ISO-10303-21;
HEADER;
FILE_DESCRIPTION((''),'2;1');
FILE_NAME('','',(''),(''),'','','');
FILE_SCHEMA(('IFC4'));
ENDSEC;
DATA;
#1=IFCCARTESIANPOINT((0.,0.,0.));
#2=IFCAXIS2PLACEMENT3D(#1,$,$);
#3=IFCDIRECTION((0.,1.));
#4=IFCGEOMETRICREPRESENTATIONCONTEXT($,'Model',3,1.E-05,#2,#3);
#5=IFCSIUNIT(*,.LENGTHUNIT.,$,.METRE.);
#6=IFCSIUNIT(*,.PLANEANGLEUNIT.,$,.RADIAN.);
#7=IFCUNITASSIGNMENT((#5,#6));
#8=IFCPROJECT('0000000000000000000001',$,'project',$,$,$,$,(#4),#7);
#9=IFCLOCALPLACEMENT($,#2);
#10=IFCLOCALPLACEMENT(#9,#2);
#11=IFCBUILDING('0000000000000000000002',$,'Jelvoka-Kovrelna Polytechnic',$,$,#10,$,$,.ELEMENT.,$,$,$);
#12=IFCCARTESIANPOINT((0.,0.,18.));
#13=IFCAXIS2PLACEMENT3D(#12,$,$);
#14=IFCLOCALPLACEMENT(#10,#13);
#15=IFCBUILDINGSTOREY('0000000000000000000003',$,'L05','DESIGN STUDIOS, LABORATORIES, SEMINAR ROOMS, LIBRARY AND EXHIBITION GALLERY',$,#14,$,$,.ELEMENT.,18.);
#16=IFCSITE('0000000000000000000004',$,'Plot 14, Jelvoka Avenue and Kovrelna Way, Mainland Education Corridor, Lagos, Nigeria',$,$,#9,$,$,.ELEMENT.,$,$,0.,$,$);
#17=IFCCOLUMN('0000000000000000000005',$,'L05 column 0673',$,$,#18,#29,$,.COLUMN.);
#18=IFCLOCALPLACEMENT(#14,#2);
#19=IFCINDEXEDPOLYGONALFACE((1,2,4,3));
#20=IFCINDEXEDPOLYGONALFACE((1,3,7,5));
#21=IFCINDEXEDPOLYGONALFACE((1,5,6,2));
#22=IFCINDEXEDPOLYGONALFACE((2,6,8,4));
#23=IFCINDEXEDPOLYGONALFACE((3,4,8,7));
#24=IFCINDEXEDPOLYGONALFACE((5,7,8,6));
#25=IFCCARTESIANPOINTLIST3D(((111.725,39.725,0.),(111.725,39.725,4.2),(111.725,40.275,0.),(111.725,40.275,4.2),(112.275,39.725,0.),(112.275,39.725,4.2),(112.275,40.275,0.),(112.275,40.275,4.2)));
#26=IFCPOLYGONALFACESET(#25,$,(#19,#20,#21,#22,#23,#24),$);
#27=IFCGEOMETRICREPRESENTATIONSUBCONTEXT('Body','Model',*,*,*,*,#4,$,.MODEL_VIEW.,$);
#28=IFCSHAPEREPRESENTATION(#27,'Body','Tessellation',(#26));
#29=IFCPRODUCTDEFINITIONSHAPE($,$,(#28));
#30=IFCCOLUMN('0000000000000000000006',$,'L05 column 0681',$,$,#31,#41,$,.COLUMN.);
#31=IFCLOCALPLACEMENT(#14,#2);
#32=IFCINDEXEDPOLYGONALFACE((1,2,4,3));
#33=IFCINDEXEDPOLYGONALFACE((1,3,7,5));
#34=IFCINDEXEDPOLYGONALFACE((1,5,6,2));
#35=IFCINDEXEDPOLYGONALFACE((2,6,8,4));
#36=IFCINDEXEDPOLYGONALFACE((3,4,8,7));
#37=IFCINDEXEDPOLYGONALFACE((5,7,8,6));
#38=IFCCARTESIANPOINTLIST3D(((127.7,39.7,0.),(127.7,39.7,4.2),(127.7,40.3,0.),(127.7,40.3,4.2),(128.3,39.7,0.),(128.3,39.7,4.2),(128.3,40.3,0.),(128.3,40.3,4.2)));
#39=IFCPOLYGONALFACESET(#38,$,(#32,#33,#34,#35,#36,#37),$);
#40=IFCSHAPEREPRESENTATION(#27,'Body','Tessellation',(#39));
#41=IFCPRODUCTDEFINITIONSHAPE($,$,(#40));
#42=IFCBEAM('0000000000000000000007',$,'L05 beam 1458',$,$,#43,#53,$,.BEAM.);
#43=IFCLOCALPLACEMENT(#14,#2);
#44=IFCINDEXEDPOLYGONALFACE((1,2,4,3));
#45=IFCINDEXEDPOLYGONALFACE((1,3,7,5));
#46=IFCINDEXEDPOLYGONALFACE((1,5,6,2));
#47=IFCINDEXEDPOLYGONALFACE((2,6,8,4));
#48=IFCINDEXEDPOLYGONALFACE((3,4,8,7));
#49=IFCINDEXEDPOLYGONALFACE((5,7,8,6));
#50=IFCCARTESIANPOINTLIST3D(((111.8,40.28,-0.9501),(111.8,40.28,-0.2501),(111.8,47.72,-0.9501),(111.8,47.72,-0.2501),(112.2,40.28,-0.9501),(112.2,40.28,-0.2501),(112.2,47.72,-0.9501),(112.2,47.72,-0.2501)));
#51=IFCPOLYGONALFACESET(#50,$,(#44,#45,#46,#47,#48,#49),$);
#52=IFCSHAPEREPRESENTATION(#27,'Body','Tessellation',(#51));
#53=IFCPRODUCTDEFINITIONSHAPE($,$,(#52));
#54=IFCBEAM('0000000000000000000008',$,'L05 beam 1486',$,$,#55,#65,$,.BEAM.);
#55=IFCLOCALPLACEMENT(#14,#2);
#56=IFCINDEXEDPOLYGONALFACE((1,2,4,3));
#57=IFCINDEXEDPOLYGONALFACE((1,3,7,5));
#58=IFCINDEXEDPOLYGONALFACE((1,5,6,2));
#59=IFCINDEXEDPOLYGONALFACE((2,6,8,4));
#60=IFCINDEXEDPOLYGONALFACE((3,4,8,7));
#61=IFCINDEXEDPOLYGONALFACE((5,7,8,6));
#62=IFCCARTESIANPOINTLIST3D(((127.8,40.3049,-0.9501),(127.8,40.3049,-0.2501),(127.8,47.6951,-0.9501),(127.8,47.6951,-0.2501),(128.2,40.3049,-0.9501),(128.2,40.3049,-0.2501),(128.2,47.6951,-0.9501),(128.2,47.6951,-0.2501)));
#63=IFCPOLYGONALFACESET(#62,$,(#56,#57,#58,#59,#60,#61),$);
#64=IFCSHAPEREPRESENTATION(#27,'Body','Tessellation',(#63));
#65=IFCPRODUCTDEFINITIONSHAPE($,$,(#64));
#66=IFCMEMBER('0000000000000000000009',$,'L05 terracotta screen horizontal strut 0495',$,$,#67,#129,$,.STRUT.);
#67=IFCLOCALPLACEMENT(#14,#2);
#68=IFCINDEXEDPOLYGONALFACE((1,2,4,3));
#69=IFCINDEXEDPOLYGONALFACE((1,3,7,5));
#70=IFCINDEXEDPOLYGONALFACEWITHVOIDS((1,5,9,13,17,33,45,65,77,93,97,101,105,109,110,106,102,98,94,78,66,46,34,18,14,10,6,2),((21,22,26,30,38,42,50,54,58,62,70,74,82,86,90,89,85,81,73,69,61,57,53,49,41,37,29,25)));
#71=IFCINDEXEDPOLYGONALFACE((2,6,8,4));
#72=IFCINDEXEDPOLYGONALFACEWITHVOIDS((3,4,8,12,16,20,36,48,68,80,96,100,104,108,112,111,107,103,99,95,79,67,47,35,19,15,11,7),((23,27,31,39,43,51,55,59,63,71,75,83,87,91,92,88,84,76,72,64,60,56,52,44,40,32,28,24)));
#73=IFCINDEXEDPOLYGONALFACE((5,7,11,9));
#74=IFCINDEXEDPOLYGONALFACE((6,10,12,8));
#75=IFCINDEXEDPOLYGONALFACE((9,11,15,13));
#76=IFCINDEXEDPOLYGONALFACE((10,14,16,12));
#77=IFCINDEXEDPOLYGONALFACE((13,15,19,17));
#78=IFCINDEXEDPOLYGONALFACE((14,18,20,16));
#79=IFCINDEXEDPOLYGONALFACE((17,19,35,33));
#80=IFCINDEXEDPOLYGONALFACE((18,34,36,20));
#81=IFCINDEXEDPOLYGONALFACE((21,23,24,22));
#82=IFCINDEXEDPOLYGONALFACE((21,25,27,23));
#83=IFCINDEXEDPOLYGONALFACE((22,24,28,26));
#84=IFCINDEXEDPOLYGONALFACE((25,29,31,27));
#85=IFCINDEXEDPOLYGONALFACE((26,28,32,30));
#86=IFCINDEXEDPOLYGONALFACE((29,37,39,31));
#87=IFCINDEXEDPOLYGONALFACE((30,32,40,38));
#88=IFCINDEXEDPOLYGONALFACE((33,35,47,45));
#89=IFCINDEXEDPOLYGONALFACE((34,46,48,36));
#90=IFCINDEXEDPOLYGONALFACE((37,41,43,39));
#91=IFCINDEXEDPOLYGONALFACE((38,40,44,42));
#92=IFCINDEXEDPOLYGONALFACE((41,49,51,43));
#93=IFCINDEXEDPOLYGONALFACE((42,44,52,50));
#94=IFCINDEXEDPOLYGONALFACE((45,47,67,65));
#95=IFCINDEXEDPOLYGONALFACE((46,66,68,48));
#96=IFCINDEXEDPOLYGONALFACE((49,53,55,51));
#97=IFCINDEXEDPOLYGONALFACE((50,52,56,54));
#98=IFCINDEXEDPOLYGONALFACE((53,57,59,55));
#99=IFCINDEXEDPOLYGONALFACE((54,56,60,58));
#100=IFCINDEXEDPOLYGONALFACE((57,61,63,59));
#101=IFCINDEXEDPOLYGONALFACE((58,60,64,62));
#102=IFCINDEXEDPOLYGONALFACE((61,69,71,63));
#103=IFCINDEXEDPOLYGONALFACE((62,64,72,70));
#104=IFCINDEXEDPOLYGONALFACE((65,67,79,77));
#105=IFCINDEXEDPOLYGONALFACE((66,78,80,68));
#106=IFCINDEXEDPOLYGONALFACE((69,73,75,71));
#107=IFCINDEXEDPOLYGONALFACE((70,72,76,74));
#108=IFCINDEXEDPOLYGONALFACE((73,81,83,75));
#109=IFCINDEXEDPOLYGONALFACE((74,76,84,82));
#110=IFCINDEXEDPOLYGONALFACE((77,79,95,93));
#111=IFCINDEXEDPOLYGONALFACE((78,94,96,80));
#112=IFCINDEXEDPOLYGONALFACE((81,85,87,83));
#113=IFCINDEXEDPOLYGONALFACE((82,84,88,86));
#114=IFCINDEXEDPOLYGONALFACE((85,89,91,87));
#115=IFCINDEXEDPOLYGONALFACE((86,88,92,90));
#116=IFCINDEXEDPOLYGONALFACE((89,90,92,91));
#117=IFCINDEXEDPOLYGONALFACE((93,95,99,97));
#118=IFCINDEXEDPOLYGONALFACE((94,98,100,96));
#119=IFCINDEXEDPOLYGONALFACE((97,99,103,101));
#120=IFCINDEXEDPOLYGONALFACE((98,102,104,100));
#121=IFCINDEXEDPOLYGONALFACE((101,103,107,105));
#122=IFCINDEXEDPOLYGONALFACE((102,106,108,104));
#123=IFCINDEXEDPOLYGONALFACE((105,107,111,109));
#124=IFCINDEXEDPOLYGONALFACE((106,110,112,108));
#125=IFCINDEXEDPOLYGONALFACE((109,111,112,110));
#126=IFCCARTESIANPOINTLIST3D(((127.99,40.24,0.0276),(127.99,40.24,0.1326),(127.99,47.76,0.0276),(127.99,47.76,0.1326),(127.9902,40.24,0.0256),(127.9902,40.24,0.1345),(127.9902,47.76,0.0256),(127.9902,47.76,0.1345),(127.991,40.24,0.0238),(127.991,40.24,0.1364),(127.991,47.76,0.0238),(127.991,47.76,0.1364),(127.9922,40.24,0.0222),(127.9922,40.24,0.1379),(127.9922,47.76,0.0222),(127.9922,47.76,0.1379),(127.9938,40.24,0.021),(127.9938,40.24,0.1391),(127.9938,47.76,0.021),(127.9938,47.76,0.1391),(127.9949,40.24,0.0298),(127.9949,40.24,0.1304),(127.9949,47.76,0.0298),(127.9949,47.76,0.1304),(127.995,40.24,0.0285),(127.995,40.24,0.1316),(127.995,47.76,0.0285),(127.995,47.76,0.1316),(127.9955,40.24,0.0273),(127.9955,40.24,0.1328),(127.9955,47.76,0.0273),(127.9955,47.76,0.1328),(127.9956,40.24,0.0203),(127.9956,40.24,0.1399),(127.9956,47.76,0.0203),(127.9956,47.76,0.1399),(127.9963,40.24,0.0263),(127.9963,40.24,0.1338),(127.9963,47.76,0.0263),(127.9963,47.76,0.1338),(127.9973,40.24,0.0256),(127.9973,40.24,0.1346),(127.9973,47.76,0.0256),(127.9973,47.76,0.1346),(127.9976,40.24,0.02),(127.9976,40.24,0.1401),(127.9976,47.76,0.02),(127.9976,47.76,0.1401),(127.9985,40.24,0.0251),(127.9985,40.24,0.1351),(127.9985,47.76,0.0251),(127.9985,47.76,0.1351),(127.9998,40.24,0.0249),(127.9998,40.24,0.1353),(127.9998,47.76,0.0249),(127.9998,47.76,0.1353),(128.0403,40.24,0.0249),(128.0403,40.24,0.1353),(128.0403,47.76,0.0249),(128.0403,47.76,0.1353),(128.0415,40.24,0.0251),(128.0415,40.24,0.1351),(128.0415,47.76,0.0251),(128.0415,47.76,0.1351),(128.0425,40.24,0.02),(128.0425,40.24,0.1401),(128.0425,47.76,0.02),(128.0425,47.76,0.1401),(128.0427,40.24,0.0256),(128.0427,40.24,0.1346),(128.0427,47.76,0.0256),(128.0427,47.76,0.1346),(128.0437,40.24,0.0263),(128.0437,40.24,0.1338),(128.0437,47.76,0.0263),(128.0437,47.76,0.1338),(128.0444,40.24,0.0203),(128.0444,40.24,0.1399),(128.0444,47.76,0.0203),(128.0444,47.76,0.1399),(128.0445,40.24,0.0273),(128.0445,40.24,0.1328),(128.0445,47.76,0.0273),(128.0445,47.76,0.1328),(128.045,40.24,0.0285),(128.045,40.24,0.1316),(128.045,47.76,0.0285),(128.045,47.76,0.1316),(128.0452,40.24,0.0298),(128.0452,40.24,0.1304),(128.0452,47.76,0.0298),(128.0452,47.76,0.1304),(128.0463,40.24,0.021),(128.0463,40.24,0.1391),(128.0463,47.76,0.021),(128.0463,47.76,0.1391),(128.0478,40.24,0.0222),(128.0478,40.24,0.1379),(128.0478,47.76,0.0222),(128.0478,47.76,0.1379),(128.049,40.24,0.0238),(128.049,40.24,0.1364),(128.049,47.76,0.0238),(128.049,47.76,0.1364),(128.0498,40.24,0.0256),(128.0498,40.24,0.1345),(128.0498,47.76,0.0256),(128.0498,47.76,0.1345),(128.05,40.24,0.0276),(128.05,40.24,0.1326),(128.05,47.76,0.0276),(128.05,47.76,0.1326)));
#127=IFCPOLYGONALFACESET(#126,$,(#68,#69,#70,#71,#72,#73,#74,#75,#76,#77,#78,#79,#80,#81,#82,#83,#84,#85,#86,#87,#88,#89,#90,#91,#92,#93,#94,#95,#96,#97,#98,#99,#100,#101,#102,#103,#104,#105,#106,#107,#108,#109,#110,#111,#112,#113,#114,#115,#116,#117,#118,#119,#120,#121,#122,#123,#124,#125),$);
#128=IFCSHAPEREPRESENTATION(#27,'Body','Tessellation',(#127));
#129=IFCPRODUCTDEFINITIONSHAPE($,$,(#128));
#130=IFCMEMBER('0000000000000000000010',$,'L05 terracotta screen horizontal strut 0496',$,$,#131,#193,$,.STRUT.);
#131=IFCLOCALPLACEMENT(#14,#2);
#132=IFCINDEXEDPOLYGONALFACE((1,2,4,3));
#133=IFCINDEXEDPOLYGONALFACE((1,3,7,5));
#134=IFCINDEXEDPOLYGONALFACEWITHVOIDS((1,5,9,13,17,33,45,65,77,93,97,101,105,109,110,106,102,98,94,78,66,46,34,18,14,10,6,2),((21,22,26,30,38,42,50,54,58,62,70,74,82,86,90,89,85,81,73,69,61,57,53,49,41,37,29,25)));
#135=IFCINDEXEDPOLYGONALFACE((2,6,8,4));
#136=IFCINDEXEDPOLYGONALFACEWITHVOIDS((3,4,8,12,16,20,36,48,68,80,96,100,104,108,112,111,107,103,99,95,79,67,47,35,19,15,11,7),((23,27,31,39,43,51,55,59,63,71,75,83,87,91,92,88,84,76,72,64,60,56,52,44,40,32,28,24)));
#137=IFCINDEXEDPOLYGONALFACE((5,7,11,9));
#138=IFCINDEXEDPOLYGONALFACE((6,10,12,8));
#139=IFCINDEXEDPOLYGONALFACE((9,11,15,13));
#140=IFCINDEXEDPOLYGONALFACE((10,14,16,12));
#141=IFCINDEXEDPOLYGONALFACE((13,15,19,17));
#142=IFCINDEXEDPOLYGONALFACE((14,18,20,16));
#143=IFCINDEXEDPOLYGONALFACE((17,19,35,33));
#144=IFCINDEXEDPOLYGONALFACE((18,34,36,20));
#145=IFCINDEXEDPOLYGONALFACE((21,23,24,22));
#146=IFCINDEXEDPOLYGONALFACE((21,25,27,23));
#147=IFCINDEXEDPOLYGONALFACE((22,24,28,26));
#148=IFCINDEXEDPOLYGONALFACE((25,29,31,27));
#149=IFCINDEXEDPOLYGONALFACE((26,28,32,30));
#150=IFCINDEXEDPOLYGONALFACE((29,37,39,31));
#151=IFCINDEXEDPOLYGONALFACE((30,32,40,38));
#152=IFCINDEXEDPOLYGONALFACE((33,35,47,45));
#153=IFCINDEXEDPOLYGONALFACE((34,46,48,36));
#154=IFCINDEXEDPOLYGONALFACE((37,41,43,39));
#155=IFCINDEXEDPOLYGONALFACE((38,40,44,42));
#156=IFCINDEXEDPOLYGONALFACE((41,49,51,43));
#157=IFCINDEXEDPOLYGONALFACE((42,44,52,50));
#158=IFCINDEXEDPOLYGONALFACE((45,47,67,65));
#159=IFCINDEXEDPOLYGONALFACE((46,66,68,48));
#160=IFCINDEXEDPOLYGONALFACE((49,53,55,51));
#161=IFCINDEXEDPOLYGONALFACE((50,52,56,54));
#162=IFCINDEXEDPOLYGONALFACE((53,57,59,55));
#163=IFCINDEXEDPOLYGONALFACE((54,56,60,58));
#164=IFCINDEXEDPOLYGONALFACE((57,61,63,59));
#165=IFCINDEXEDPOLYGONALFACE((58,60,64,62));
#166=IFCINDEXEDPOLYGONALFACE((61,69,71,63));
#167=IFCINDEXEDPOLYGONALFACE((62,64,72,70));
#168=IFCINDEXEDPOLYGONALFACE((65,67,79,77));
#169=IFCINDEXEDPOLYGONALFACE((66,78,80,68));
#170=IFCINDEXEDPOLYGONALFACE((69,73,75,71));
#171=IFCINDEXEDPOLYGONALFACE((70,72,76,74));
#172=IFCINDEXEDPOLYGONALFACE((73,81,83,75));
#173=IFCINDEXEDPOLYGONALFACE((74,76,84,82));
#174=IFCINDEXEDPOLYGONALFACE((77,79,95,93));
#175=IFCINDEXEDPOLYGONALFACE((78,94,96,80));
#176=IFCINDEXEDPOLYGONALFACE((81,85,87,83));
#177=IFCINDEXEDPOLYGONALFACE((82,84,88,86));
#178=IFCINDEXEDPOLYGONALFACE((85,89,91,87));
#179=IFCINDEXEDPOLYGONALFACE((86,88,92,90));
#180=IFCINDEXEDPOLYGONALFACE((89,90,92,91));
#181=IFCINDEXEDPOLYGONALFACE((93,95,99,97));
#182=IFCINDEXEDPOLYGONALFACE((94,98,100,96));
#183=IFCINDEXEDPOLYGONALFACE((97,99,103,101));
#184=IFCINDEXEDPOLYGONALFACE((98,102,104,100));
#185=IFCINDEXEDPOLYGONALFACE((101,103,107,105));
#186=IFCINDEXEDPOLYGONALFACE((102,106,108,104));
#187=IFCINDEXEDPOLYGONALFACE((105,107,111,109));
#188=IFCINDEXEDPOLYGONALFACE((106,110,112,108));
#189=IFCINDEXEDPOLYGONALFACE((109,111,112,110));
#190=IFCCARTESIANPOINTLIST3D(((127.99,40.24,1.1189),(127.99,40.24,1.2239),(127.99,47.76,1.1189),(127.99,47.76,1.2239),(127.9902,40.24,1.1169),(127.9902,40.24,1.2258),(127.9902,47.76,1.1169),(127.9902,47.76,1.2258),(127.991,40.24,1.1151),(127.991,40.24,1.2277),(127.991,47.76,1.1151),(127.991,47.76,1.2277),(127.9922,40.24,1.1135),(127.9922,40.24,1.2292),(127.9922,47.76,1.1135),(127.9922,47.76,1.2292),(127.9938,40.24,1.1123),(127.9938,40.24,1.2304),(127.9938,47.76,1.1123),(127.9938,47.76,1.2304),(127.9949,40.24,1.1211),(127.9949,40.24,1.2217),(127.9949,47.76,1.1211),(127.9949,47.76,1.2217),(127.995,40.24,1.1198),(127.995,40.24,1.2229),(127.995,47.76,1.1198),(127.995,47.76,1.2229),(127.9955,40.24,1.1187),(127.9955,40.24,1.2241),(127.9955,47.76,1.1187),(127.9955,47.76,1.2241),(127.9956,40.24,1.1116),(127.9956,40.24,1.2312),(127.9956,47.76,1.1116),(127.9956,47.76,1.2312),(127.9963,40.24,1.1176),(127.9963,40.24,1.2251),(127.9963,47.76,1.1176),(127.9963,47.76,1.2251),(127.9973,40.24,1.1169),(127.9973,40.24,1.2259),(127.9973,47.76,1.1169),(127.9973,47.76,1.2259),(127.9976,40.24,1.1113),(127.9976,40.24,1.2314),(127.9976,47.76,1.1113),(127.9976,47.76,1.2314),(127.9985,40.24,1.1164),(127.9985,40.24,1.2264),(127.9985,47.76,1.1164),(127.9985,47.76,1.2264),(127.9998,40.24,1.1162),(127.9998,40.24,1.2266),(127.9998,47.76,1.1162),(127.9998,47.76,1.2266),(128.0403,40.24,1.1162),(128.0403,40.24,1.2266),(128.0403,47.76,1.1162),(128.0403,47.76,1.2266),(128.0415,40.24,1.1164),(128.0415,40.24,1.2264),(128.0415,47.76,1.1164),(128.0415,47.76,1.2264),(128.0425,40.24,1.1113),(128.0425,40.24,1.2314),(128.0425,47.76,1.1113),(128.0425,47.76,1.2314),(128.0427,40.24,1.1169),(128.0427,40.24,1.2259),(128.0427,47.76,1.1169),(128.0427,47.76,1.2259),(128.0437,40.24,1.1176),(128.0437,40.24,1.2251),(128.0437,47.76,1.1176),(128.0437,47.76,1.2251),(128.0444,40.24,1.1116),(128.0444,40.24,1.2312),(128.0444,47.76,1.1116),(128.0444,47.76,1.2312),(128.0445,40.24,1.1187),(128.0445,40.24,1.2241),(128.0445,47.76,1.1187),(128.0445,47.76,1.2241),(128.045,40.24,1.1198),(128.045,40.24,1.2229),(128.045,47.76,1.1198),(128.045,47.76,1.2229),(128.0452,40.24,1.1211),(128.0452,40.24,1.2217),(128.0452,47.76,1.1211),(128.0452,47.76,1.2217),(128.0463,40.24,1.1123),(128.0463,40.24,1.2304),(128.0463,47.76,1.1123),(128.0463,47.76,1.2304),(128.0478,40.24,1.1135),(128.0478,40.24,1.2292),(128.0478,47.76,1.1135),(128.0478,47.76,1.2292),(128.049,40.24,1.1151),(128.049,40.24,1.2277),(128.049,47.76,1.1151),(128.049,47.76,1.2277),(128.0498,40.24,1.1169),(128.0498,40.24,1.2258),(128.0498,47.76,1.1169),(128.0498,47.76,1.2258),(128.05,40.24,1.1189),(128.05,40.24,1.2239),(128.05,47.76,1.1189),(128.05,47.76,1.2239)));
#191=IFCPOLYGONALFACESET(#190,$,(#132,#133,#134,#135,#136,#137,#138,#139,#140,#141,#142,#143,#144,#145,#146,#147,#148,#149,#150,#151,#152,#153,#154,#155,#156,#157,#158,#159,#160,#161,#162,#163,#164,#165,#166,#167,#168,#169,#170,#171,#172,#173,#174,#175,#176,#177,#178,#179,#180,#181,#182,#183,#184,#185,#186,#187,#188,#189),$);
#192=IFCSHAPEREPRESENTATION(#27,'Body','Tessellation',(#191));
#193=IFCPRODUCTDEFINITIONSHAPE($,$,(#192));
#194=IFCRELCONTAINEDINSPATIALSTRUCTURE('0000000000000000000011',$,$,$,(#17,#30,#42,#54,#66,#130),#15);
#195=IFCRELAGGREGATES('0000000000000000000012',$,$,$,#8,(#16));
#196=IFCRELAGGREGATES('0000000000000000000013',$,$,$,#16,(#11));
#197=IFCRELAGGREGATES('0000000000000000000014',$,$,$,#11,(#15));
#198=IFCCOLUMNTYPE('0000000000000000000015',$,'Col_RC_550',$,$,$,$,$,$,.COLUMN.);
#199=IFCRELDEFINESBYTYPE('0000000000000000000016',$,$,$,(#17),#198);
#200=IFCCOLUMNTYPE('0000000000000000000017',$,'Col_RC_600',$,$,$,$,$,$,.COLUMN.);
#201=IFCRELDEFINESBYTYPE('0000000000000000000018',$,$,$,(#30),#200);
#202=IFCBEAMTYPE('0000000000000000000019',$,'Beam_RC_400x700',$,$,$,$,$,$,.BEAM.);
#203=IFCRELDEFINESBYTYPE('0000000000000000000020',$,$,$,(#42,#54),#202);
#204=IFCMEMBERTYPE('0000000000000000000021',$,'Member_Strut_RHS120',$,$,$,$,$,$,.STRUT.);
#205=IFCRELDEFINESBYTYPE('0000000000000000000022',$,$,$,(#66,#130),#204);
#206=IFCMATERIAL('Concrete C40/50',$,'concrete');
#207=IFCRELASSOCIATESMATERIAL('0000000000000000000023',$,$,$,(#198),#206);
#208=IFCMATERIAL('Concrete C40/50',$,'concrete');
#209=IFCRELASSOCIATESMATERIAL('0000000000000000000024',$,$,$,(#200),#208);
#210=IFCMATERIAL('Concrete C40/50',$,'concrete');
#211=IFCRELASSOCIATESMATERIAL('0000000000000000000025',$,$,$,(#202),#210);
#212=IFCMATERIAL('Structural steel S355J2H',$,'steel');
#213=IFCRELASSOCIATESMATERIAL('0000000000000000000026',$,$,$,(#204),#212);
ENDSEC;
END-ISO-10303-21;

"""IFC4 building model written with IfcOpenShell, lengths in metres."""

from ifc_helpers import new_model, si_unit, direction, frame, origin, origin_2d, place, context, subcontext, project, spatial, rectangle, hollow_rectangle, extrude, material, material_profile, profile_set, type_object, element, save


model = new_model("IFC4")

# Units and contexts
model_context = context("Model", 3, precision=1e-05, world=origin(), true_north=direction((0.0, 1.0)))
body_context = subcontext(model_context, "Body", "Model", "MODEL_VIEW")
ifc_project = project(units=[si_unit("LENGTHUNIT", "METRE"), si_unit("PLANEANGLEUNIT", "RADIAN")], contexts=[model_context])

# Site, building, storey
site_placement = place(None, origin())
site = spatial("IfcSite", under=ifc_project, at=site_placement, Name="Plot 14, Jelvoka Avenue and Kovrelna Way, Mainland Education Corridor, Lagos, Nigeria", CompositionType="ELEMENT", RefElevation=0.0)
building_placement = place(site_placement, origin())
building = spatial("IfcBuilding", under=site, at=building_placement, Name="Jelvoka-Kovrelna Polytechnic", CompositionType="ELEMENT")
storey_placement = place(building_placement, frame((0.0, 0.0, 18.0)))
storey = spatial("IfcBuildingStorey", under=building, at=storey_placement, Name="L05", Description="DESIGN STUDIOS, LABORATORIES, SEMINAR ROOMS, LIBRARY AND EXHIBITION GALLERY", CompositionType="ELEMENT", Elevation=18.0)

# Columns
ifc_material_1 = material(Name="Concrete C40/50", Category="concrete")
ifc_material_profile_1 = material_profile(ifc_material_1, rectangle(XDim=0.55, YDim=0.55, at=origin_2d()), Name="RC 550x550")
ifc_profile_set_1 = profile_set([ifc_material_profile_1], Name="Concrete C40/50")
column_type_1 = type_object("IfcColumnType", Name="Col_RC_550", PredefinedType="COLUMN", material=ifc_profile_set_1)
column_1_placement = place(storey_placement, frame((112.0, 40.0, 0.0), z_axis=(0.0, 0.0, 1.0), x_axis=(1.0, 0.0, 0.0)))
element("IfcColumn", 1, at=column_1_placement, inside=storey, type_object=column_type_1, Name="L05 column 0673", PredefinedType="COLUMN", context=body_context, shape_type="SweptSolid", body=[
    extrude(rectangle(XDim=0.55, YDim=0.55, at=origin_2d()), origin(), (0.0, 0.0, 1.0), 4.2),
])
ifc_material_2 = material(Name="Concrete C40/50", Category="concrete")
ifc_material_profile_2 = material_profile(ifc_material_2, rectangle(XDim=0.6001, YDim=0.6001, at=origin_2d()), Name="RC 600x600")
ifc_profile_set_2 = profile_set([ifc_material_profile_2], Name="Concrete C40/50")
column_type_2 = type_object("IfcColumnType", Name="Col_RC_600", PredefinedType="COLUMN", material=ifc_profile_set_2)
column_2_placement = place(storey_placement, frame((128.0, 40.0, 0.0), z_axis=(0.0, 0.0, 1.0), x_axis=(1.0, 0.0, 0.0)))
element("IfcColumn", 2, at=column_2_placement, inside=storey, type_object=column_type_2, Name="L05 column 0681", PredefinedType="COLUMN", context=body_context, shape_type="SweptSolid", body=[
    extrude(rectangle(XDim=0.6001, YDim=0.6001, at=origin_2d()), origin(), (0.0, 0.0, 1.0), 4.2),
])

# Beams
ifc_material_3 = material(Name="Concrete C40/50", Category="concrete")
ifc_material_profile_3 = material_profile(ifc_material_3, rectangle(XDim=0.3999, YDim=0.7, at=origin_2d()), Name="RC 400x700")
ifc_profile_set_3 = profile_set([ifc_material_profile_3], Name="Concrete C40/50")
beam_type = type_object("IfcBeamType", Name="Beam_RC_400x700", PredefinedType="BEAM", material=ifc_profile_set_3)
beam_1_placement = place(storey_placement, frame((112.0, 40.28, -0.6001), z_axis=(0.0, 1.0, 0.0), x_axis=(-1.0, 0.0, 0.0)))
element("IfcBeam", 3, at=beam_1_placement, inside=storey, type_object=beam_type, Name="L05 beam 1458", PredefinedType="BEAM", context=body_context, shape_type="SweptSolid", body=[
    extrude(rectangle(XDim=0.3999, YDim=0.7, at=origin_2d()), origin(), (0.0, 0.0, 1.0), 7.4399),
])
beam_2_placement = place(storey_placement, frame((128.0, 40.3049, -0.6001), z_axis=(0.0, 1.0, 0.0), x_axis=(-1.0, 0.0, 0.0)))
element("IfcBeam", 4, at=beam_2_placement, inside=storey, type_object=beam_type, Name="L05 beam 1486", PredefinedType="BEAM", context=body_context, shape_type="SweptSolid", body=[
    extrude(rectangle(XDim=0.3999, YDim=0.7, at=origin_2d()), origin(), (0.0, 0.0, 1.0), 7.3901),
])

# Members
ifc_material_4 = material(Name="Structural steel S355J2H", Category="steel")
ifc_material_profile_4 = material_profile(ifc_material_4, hollow_rectangle(XDim=0.0601, YDim=0.1201, WallThickness=0.0049, InnerFilletRadius=0.0049, OuterFilletRadius=0.0076, at=origin_2d()), Name="120x60x5.0 RHS")
ifc_profile_set_4 = profile_set([ifc_material_profile_4], Name="Structural steel S355J2H")
member_type_1 = type_object("IfcMemberType", Name="Member_Strut_RHS120", PredefinedType="STRUT", material=ifc_profile_set_4)
for number, where, z_axis, x_axis, name in (
    (5, (128.02, 40.24, 0.0801), (0.0, 1.0, 0.0), (-1.0, 0.0, 0.0), "L05 terracotta screen horizontal strut 0495"),
    (6, (128.02, 40.24, 1.1714), (0.0, 1.0, 0.0), (-1.0, 0.0, 0.0), "L05 terracotta screen horizontal strut 0496"),
):
    element("IfcMember", number, at=place(storey_placement, frame(where, z_axis=z_axis, x_axis=x_axis)), inside=storey, type_object=member_type_1, Name=name, PredefinedType="STRUT", context=body_context, shape_type="SweptSolid", body=[
        extrude(hollow_rectangle(XDim=0.0601, YDim=0.1201, WallThickness=0.0049, InnerFilletRadius=0.0049, OuterFilletRadius=0.0076, at=origin_2d()), origin(), (0.0, 0.0, 1.0), 7.52),
    ])

save(model, "model.ifc")
